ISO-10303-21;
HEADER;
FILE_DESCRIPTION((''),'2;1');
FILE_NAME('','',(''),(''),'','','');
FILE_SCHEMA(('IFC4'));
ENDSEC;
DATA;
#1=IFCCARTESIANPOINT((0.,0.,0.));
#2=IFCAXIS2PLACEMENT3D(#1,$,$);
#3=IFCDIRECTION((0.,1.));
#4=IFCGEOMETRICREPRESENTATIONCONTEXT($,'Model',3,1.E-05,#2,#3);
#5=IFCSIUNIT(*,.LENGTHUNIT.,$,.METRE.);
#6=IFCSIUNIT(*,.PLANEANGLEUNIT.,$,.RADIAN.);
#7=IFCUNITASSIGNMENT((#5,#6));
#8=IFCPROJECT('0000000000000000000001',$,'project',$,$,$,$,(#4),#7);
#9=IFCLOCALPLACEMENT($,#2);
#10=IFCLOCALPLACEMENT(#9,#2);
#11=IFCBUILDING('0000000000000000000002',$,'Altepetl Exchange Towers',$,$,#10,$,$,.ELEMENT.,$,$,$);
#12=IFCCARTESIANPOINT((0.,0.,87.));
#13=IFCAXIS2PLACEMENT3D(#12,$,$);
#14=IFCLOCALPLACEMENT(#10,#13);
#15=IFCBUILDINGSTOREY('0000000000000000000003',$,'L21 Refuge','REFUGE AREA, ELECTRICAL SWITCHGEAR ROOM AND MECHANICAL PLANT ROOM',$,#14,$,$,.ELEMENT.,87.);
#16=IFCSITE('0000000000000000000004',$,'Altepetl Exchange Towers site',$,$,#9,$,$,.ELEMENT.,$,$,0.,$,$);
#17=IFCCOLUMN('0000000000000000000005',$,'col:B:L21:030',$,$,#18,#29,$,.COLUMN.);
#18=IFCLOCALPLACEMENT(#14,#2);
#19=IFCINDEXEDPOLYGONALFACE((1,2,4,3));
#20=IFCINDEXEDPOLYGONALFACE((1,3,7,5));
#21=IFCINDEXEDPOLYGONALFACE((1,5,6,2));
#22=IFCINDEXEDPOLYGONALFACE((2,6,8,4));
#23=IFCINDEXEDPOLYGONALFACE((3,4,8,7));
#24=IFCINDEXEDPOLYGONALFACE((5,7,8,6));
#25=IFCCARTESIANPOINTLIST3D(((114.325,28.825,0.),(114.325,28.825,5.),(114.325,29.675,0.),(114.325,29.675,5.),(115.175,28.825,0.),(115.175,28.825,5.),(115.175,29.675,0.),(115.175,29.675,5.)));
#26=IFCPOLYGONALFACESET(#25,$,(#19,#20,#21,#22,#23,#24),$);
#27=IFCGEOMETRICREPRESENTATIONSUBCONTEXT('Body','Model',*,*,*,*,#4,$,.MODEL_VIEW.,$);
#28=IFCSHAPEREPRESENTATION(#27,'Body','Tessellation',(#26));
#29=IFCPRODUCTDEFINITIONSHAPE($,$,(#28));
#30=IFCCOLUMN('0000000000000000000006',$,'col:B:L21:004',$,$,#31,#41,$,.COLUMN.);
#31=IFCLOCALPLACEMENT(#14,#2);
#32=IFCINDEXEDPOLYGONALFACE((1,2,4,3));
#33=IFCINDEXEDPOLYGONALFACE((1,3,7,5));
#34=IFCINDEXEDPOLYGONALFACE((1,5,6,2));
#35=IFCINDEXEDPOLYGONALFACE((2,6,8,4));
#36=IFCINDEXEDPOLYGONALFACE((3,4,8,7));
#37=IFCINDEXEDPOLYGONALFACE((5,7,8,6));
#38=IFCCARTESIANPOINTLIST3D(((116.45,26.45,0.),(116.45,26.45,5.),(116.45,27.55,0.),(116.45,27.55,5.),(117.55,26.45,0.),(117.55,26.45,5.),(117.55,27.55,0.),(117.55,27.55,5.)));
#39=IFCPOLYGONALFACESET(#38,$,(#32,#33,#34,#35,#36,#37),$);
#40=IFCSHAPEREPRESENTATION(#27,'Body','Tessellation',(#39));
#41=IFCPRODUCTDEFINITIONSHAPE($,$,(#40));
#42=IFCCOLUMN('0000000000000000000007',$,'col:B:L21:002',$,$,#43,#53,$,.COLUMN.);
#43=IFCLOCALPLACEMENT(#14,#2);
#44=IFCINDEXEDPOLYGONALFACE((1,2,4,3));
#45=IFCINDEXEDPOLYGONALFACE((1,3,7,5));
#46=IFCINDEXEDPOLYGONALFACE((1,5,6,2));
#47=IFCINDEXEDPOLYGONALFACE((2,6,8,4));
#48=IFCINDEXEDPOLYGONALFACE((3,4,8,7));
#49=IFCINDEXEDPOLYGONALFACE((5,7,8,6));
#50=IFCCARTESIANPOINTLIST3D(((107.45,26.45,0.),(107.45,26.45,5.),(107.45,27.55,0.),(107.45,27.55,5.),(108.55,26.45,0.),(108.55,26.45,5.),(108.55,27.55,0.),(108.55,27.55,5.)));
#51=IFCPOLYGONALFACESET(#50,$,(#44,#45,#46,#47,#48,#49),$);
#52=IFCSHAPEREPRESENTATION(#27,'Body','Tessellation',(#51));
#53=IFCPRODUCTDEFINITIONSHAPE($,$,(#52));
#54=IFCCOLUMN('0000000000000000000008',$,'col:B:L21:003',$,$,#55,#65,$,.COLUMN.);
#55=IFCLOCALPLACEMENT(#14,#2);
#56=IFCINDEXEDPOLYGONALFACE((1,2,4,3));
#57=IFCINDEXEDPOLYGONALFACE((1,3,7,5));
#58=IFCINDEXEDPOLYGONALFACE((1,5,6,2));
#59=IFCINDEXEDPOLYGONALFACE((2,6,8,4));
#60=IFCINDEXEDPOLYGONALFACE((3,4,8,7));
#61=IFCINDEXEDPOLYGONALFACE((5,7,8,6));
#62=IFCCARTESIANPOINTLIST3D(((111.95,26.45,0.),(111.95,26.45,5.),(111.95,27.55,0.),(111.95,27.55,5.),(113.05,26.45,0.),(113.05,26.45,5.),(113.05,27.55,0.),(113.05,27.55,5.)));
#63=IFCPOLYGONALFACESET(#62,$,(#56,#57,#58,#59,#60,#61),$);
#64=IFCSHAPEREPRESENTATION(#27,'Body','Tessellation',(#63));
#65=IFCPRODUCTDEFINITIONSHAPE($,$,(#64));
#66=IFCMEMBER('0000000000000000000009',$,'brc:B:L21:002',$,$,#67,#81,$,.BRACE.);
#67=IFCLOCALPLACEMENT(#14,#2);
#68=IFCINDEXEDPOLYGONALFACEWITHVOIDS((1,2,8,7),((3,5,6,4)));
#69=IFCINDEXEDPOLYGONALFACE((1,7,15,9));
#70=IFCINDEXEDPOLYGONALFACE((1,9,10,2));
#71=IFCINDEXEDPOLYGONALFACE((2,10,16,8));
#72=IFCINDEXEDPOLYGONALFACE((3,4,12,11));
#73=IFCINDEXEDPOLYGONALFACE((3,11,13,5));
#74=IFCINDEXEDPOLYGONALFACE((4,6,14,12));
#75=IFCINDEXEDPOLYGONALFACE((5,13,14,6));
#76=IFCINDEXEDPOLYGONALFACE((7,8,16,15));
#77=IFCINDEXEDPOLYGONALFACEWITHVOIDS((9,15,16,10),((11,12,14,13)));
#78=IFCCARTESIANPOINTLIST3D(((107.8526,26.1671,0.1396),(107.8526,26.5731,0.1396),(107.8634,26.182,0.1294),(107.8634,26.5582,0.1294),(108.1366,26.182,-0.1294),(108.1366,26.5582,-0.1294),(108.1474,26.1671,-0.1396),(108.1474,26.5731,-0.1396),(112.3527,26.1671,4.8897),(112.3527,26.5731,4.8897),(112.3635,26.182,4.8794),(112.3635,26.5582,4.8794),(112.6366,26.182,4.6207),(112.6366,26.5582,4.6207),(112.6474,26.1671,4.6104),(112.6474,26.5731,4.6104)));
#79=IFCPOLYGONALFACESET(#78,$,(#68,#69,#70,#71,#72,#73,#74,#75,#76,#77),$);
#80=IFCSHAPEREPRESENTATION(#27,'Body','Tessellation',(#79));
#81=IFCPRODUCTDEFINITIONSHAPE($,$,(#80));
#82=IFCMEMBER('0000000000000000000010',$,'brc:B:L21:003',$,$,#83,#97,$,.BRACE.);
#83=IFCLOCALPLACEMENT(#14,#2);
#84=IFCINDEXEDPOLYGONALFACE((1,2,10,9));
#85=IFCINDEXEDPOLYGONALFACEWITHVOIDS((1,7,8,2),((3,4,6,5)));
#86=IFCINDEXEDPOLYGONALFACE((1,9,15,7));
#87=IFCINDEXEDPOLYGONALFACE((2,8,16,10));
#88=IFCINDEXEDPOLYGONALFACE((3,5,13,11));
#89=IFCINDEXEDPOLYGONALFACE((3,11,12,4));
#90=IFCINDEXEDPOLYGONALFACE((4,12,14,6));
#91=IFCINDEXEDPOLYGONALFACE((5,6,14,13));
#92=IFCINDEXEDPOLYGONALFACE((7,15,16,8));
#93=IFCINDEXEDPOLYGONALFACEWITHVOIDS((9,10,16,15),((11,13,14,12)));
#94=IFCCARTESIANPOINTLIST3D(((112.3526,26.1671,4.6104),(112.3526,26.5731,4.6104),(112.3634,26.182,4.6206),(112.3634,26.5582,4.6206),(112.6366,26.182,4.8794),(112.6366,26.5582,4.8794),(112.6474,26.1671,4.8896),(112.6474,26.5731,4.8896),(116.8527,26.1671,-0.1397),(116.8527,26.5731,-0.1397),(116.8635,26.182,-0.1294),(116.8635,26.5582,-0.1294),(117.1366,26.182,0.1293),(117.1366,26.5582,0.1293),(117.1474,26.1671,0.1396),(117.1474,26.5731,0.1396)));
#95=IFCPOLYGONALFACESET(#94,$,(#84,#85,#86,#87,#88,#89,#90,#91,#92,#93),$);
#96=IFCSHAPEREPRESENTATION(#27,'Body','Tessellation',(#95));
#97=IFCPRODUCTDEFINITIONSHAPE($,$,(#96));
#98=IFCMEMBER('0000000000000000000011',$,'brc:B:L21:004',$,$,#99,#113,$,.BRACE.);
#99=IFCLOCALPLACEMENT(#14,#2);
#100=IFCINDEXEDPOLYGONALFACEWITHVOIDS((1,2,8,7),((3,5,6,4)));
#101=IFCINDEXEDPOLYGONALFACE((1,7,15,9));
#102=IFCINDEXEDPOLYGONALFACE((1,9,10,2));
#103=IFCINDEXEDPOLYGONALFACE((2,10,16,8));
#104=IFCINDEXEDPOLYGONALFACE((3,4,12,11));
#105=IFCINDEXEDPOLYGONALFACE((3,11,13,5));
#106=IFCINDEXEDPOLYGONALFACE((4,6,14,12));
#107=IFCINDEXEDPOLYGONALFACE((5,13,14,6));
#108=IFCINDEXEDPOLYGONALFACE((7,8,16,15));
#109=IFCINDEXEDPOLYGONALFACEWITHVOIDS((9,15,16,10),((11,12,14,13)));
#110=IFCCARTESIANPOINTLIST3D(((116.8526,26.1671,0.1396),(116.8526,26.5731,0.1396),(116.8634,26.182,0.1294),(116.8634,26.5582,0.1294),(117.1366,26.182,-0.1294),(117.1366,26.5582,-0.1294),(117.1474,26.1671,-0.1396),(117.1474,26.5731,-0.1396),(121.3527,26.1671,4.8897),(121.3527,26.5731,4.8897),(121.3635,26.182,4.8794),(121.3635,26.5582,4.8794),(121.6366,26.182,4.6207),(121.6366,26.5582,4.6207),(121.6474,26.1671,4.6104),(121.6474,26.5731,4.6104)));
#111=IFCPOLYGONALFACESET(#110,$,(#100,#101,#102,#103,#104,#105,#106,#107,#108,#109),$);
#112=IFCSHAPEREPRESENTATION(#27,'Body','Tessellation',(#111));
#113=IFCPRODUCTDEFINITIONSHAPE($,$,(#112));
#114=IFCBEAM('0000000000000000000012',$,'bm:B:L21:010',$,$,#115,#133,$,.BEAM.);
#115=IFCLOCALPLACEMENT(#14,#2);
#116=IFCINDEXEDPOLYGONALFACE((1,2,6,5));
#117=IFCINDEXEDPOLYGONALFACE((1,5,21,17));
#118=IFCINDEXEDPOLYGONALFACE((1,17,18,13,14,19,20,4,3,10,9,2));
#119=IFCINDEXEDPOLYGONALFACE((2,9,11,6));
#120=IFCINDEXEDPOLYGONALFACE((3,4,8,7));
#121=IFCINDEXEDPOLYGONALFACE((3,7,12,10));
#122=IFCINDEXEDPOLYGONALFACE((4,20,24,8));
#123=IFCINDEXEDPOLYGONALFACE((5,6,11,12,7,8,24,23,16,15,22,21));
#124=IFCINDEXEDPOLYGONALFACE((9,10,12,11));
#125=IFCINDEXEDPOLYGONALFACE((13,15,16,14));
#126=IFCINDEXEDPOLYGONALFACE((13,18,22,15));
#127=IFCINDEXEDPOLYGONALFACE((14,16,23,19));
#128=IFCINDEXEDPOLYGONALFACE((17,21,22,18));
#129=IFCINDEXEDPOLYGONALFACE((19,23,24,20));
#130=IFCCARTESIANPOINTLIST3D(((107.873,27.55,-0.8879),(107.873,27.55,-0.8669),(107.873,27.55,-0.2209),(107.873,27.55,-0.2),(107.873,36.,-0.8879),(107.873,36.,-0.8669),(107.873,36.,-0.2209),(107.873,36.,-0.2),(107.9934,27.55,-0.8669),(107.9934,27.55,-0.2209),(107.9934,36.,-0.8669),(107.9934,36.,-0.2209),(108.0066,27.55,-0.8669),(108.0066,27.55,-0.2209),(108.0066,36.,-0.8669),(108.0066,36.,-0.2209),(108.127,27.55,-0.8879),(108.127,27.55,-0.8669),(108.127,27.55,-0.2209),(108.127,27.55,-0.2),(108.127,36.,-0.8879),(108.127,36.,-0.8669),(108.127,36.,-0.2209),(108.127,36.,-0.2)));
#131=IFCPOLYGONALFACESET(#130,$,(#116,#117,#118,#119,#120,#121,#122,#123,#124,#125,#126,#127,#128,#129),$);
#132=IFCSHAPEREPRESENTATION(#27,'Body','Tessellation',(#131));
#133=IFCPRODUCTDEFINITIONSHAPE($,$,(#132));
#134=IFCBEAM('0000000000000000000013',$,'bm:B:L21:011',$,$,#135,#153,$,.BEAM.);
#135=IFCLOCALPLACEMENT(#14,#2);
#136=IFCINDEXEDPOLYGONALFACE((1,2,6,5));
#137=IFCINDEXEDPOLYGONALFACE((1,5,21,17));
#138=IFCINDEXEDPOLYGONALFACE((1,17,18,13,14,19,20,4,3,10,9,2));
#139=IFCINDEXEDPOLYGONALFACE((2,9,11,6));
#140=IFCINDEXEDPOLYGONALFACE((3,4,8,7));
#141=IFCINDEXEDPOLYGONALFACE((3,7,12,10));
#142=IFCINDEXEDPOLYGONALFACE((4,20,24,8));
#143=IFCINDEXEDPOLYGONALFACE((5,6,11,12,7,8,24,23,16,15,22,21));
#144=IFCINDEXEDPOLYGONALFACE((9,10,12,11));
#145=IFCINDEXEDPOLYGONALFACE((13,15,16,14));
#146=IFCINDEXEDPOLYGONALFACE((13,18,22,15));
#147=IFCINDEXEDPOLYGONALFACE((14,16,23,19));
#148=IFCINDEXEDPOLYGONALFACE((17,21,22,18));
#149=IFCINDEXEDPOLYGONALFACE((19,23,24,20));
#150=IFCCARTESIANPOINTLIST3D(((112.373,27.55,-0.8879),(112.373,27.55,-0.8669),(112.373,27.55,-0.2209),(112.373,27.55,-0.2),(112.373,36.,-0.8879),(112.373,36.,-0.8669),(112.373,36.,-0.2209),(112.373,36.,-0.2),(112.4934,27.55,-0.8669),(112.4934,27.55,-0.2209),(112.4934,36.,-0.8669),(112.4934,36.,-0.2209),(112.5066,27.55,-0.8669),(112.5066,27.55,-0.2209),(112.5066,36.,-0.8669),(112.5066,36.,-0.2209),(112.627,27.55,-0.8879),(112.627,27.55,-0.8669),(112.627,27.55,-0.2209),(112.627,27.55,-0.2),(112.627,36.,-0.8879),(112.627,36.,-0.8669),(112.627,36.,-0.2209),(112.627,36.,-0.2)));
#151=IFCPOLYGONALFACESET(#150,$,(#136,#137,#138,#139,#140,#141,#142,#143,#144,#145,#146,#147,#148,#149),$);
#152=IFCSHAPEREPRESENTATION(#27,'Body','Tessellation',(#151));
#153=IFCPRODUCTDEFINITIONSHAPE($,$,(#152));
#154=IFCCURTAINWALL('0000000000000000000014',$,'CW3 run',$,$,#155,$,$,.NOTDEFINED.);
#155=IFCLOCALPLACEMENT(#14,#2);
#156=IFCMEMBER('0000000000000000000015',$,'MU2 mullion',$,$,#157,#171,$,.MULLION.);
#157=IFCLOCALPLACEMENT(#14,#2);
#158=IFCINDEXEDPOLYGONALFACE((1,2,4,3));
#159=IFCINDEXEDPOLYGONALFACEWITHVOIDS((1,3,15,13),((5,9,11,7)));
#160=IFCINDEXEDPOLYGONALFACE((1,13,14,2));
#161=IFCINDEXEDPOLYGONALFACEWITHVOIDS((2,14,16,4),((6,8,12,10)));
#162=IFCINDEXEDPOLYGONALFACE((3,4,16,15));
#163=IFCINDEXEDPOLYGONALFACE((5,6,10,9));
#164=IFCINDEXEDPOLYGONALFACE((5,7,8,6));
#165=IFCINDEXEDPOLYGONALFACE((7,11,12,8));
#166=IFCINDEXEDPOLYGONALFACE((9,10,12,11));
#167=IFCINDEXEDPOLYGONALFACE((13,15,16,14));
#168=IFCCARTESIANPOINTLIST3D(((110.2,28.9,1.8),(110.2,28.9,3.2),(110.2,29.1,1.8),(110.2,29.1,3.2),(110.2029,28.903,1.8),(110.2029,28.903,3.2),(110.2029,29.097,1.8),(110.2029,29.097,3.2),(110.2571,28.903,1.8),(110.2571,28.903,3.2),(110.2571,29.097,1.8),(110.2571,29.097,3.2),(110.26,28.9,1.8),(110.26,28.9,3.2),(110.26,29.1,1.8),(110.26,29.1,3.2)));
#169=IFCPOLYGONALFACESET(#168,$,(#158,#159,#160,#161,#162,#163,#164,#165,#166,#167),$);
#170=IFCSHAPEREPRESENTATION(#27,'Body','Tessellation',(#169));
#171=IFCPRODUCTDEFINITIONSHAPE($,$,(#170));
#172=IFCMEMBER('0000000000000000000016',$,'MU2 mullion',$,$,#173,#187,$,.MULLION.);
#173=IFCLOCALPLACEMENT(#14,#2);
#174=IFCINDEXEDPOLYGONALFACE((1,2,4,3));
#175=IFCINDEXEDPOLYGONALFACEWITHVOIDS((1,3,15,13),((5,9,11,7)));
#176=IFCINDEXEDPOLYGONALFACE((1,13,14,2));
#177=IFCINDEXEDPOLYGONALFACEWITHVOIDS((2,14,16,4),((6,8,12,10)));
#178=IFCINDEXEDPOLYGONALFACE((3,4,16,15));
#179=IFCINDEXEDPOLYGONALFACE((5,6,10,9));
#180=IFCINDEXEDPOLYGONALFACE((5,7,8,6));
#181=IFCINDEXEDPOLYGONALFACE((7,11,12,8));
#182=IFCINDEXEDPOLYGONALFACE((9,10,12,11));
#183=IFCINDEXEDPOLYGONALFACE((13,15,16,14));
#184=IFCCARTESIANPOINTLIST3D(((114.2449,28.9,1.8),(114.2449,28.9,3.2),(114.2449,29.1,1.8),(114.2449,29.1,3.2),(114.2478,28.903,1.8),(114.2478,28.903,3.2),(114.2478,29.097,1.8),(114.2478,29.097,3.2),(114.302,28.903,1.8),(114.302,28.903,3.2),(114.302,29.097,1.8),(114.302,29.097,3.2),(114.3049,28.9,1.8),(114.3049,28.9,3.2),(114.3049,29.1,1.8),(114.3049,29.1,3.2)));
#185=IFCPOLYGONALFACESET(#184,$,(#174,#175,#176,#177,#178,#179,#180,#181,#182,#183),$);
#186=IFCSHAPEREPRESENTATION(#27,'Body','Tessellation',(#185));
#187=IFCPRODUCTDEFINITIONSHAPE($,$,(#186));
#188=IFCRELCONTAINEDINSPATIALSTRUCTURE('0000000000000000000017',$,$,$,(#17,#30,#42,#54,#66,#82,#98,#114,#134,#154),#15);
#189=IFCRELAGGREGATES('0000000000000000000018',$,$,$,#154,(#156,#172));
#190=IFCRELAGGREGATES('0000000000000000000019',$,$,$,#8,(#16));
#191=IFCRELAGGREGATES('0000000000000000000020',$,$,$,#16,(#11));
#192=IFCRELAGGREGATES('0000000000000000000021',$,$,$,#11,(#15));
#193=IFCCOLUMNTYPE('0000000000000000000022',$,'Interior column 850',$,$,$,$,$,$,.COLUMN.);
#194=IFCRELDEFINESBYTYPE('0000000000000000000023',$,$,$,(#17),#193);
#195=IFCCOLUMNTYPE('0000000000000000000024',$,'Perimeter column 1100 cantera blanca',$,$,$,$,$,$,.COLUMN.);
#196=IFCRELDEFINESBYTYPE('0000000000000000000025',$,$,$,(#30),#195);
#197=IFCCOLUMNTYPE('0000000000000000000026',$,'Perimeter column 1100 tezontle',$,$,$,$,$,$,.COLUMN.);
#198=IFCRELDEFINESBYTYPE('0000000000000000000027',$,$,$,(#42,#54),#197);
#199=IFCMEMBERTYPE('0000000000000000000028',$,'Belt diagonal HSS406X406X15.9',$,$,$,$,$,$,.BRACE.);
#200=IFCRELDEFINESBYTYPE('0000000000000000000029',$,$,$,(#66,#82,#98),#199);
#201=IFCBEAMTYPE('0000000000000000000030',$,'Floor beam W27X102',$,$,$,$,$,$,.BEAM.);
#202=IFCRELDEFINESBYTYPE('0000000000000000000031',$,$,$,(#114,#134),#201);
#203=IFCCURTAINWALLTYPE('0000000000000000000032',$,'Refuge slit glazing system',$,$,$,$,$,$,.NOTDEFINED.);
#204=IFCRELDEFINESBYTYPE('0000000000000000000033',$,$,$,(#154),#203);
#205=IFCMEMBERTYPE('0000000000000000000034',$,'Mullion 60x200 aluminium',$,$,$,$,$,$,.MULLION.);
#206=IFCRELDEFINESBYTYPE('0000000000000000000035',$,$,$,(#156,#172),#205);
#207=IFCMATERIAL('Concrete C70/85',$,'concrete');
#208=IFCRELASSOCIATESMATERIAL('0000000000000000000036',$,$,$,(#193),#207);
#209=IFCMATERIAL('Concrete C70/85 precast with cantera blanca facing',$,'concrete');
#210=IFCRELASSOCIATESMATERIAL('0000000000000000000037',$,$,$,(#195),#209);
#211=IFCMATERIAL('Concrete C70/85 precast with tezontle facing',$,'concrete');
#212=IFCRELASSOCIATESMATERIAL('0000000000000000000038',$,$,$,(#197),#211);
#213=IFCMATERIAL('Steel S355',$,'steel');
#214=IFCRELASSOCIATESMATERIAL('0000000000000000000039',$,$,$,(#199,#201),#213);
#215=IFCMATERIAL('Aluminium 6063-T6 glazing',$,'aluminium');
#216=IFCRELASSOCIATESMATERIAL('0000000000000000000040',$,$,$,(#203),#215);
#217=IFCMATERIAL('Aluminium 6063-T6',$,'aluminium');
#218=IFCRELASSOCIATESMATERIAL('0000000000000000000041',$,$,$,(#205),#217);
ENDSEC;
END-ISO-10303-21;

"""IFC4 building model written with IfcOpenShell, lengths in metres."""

from ifc_helpers import new_model, si_unit, direction, frame, origin, origin_2d, place, context, subcontext, project, spatial, rectangle, hollow_rectangle, i_section, extrude, material, material_profile, profile_set, type_object, element, aggregate, save


model = new_model("IFC4")

# Units and contexts
model_context = context("Model", 3, precision=1e-05, world=origin(), true_north=direction((0.0, 1.0)))
body_context = subcontext(model_context, "Body", "Model", "MODEL_VIEW")
ifc_project = project(units=[si_unit("LENGTHUNIT", "METRE"), si_unit("PLANEANGLEUNIT", "RADIAN")], contexts=[model_context])

# Site, building, storey
site_placement = place(None, origin())
site = spatial("IfcSite", under=ifc_project, at=site_placement, Name="Altepetl Exchange Towers site", CompositionType="ELEMENT", RefElevation=0.0)
building_placement = place(site_placement, origin())
building = spatial("IfcBuilding", under=site, at=building_placement, Name="Altepetl Exchange Towers", CompositionType="ELEMENT")
storey_placement = place(building_placement, frame((0.0, 0.0, 87.0)))
storey = spatial("IfcBuildingStorey", under=building, at=storey_placement, Name="L21 Refuge", Description="REFUGE AREA, ELECTRICAL SWITCHGEAR ROOM AND MECHANICAL PLANT ROOM", CompositionType="ELEMENT", Elevation=87.0)

# Columns
ifc_material_1 = material(Name="Concrete C70/85", Category="concrete")
ifc_material_profile_1 = material_profile(ifc_material_1, rectangle(XDim=0.8501, YDim=0.8501, at=origin_2d()), Name="850 x 850")
ifc_profile_set_1 = profile_set([ifc_material_profile_1], Name="Concrete C70/85")
column_type_1 = type_object("IfcColumnType", Name="Interior column 850", PredefinedType="COLUMN", material=ifc_profile_set_1)
column_1_placement = place(storey_placement, frame((114.75, 29.25, 0.0)))
element("IfcColumn", 1, at=column_1_placement, inside=storey, type_object=column_type_1, Name="col:B:L21:030", PredefinedType="COLUMN", context=body_context, shape_type="SweptSolid", body=[
    extrude(rectangle(XDim=0.8501, YDim=0.8501, at=origin_2d()), origin(), (0.0, 0.0, 1.0), 5.0),
])
ifc_material_2 = material(Name="Concrete C70/85 precast with cantera blanca facing", Category="concrete")
ifc_material_profile_2 = material_profile(ifc_material_2, rectangle(XDim=1.1001, YDim=1.1001, at=origin_2d()), Name="1100 x 1100")
ifc_profile_set_2 = profile_set([ifc_material_profile_2], Name="Concrete C70/85 precast with cantera blanca facing")
column_type_2 = type_object("IfcColumnType", Name="Perimeter column 1100 cantera blanca", PredefinedType="COLUMN", material=ifc_profile_set_2)
column_2_placement = place(storey_placement, frame((117.0, 27.0, 0.0)))
element("IfcColumn", 2, at=column_2_placement, inside=storey, type_object=column_type_2, Name="col:B:L21:004", PredefinedType="COLUMN", context=body_context, shape_type="SweptSolid", body=[
    extrude(rectangle(XDim=1.1001, YDim=1.1001, at=origin_2d()), origin(), (0.0, 0.0, 1.0), 5.0),
])
ifc_material_3 = material(Name="Concrete C70/85 precast with tezontle facing", Category="concrete")
ifc_material_profile_3 = material_profile(ifc_material_3, rectangle(XDim=1.1001, YDim=1.1001, at=origin_2d()), Name="1100 x 1100")
ifc_profile_set_3 = profile_set([ifc_material_profile_3], Name="Concrete C70/85 precast with tezontle facing")
column_type_3 = type_object("IfcColumnType", Name="Perimeter column 1100 tezontle", PredefinedType="COLUMN", material=ifc_profile_set_3)
for number, where, name in (
    (3, (108.0, 27.0, 0.0), "col:B:L21:002"),
    (4, (112.5, 27.0, 0.0), "col:B:L21:003"),
):
    element("IfcColumn", number, at=place(storey_placement, frame(where)), inside=storey, type_object=column_type_3, Name=name, PredefinedType="COLUMN", context=body_context, shape_type="SweptSolid", body=[
        extrude(rectangle(XDim=1.1001, YDim=1.1001, at=origin_2d()), origin(), (0.0, 0.0, 1.0), 5.0),
    ])

# Members
ifc_material_4 = material(Name="Steel S355", Category="steel")
ifc_material_profile_4 = material_profile(ifc_material_4, hollow_rectangle(XDim=0.406, YDim=0.406, WallThickness=0.0149, at=origin_2d()), Name="HSS406X406X15.9")
ifc_profile_set_4 = profile_set([ifc_material_profile_4], Name="Steel S355")
member_type_1 = type_object("IfcMemberType", Name="Belt diagonal HSS406X406X15.9", PredefinedType="BRACE", material=ifc_profile_set_4)
for number, where, z_axis, x_axis, name in (
    (5, (108.0, 26.3701, 0.0), (0.687745, 0.0, 0.725953), (0.0, 1.0, 0.0), "brc:B:L21:002"),
    (6, (112.5, 26.3701, 4.75), (0.687745, 0.0, -0.725953), (0.0, 1.0, 0.0), "brc:B:L21:003"),
    (7, (117.0, 26.3701, 0.0), (0.687745, 0.0, 0.725953), (0.0, 1.0, 0.0), "brc:B:L21:004"),
):
    element("IfcMember", number, at=place(storey_placement, frame(where, z_axis=z_axis, x_axis=x_axis)), inside=storey, type_object=member_type_1, Name=name, PredefinedType="BRACE", context=body_context, shape_type="SweptSolid", body=[
        extrude(hollow_rectangle(XDim=0.406, YDim=0.406, WallThickness=0.0149, at=origin_2d()), origin(), (0.0, 0.0, 1.0), 6.5432),
    ])

# Beams
ifc_material_profile_5 = material_profile(ifc_material_4, i_section(OverallWidth=0.2539, OverallDepth=0.688, WebThickness=0.0132, FlangeThickness=0.021, at=origin_2d()), Name="W27X102")
ifc_profile_set_5 = profile_set([ifc_material_profile_5], Name="Steel S355")
beam_type_1 = type_object("IfcBeamType", Name="Floor beam W27X102", PredefinedType="BEAM", material=ifc_profile_set_5)
for number, where, z_axis, x_axis, name in (
    (8, (108.0, 27.55, -0.5439), (0.0, 1.0, 0.0), (-1.0, 0.0, 0.0), "bm:B:L21:010"),
    (9, (112.5, 27.55, -0.5439), (0.0, 1.0, 0.0), (-1.0, 0.0, 0.0), "bm:B:L21:011"),
):
    element("IfcBeam", number, at=place(storey_placement, frame(where, z_axis=z_axis, x_axis=x_axis)), inside=storey, type_object=beam_type_1, Name=name, PredefinedType="BEAM", context=body_context, shape_type="SweptSolid", body=[
        extrude(i_section(OverallWidth=0.2539, OverallDepth=0.688, WebThickness=0.0132, FlangeThickness=0.021, at=origin_2d()), origin(), (0.0, 0.0, 1.0), 8.45),
    ])

# Curtain wall, members
ifc_material_5 = material(Name="Aluminium 6063-T6 glazing", Category="aluminium")
curtain_wall_type = type_object("IfcCurtainWallType", Name="Refuge slit glazing system", PredefinedType="NOTDEFINED", material=ifc_material_5)
curtain_wall_1_placement = place(storey_placement, origin())
curtain_wall_1 = element("IfcCurtainWall", 10, at=curtain_wall_1_placement, inside=storey, type_object=curtain_wall_type, Name="CW3 run", PredefinedType="NOTDEFINED")
ifc_material_6 = material(Name="Aluminium 6063-T6", Category="aluminium")
ifc_material_profile_6 = material_profile(ifc_material_6, hollow_rectangle(XDim=0.0601, YDim=0.2, WallThickness=0.0029, at=origin_2d()), Name="Mullion 60x200 aluminium")
ifc_profile_set_6 = profile_set([ifc_material_profile_6], Name="Aluminium 6063-T6")
member_type_2 = type_object("IfcMemberType", Name="Mullion 60x200 aluminium", PredefinedType="MULLION", material=ifc_profile_set_6)
member_1_placement = place(storey_placement, frame((110.23, 29.0, 1.8)))
member_1 = element("IfcMember", 11, at=member_1_placement, type_object=member_type_2, Name="MU2 mullion", PredefinedType="MULLION", context=body_context, shape_type="SweptSolid", body=[
    extrude(hollow_rectangle(XDim=0.0601, YDim=0.2, WallThickness=0.0029, at=origin_2d()), origin(), (0.0, 0.0, 1.0), 1.3999),
])
member_2_placement = place(storey_placement, frame((114.2749, 29.0, 1.8)))
member_2 = element("IfcMember", 12, at=member_2_placement, type_object=member_type_2, Name="MU2 mullion", PredefinedType="MULLION", context=body_context, shape_type="SweptSolid", body=[
    extrude(hollow_rectangle(XDim=0.0601, YDim=0.2, WallThickness=0.0029, at=origin_2d()), origin(), (0.0, 0.0, 1.0), 1.3999),
])

aggregate(curtain_wall_1, [member_1, member_2])

save(model, "model.ifc")
